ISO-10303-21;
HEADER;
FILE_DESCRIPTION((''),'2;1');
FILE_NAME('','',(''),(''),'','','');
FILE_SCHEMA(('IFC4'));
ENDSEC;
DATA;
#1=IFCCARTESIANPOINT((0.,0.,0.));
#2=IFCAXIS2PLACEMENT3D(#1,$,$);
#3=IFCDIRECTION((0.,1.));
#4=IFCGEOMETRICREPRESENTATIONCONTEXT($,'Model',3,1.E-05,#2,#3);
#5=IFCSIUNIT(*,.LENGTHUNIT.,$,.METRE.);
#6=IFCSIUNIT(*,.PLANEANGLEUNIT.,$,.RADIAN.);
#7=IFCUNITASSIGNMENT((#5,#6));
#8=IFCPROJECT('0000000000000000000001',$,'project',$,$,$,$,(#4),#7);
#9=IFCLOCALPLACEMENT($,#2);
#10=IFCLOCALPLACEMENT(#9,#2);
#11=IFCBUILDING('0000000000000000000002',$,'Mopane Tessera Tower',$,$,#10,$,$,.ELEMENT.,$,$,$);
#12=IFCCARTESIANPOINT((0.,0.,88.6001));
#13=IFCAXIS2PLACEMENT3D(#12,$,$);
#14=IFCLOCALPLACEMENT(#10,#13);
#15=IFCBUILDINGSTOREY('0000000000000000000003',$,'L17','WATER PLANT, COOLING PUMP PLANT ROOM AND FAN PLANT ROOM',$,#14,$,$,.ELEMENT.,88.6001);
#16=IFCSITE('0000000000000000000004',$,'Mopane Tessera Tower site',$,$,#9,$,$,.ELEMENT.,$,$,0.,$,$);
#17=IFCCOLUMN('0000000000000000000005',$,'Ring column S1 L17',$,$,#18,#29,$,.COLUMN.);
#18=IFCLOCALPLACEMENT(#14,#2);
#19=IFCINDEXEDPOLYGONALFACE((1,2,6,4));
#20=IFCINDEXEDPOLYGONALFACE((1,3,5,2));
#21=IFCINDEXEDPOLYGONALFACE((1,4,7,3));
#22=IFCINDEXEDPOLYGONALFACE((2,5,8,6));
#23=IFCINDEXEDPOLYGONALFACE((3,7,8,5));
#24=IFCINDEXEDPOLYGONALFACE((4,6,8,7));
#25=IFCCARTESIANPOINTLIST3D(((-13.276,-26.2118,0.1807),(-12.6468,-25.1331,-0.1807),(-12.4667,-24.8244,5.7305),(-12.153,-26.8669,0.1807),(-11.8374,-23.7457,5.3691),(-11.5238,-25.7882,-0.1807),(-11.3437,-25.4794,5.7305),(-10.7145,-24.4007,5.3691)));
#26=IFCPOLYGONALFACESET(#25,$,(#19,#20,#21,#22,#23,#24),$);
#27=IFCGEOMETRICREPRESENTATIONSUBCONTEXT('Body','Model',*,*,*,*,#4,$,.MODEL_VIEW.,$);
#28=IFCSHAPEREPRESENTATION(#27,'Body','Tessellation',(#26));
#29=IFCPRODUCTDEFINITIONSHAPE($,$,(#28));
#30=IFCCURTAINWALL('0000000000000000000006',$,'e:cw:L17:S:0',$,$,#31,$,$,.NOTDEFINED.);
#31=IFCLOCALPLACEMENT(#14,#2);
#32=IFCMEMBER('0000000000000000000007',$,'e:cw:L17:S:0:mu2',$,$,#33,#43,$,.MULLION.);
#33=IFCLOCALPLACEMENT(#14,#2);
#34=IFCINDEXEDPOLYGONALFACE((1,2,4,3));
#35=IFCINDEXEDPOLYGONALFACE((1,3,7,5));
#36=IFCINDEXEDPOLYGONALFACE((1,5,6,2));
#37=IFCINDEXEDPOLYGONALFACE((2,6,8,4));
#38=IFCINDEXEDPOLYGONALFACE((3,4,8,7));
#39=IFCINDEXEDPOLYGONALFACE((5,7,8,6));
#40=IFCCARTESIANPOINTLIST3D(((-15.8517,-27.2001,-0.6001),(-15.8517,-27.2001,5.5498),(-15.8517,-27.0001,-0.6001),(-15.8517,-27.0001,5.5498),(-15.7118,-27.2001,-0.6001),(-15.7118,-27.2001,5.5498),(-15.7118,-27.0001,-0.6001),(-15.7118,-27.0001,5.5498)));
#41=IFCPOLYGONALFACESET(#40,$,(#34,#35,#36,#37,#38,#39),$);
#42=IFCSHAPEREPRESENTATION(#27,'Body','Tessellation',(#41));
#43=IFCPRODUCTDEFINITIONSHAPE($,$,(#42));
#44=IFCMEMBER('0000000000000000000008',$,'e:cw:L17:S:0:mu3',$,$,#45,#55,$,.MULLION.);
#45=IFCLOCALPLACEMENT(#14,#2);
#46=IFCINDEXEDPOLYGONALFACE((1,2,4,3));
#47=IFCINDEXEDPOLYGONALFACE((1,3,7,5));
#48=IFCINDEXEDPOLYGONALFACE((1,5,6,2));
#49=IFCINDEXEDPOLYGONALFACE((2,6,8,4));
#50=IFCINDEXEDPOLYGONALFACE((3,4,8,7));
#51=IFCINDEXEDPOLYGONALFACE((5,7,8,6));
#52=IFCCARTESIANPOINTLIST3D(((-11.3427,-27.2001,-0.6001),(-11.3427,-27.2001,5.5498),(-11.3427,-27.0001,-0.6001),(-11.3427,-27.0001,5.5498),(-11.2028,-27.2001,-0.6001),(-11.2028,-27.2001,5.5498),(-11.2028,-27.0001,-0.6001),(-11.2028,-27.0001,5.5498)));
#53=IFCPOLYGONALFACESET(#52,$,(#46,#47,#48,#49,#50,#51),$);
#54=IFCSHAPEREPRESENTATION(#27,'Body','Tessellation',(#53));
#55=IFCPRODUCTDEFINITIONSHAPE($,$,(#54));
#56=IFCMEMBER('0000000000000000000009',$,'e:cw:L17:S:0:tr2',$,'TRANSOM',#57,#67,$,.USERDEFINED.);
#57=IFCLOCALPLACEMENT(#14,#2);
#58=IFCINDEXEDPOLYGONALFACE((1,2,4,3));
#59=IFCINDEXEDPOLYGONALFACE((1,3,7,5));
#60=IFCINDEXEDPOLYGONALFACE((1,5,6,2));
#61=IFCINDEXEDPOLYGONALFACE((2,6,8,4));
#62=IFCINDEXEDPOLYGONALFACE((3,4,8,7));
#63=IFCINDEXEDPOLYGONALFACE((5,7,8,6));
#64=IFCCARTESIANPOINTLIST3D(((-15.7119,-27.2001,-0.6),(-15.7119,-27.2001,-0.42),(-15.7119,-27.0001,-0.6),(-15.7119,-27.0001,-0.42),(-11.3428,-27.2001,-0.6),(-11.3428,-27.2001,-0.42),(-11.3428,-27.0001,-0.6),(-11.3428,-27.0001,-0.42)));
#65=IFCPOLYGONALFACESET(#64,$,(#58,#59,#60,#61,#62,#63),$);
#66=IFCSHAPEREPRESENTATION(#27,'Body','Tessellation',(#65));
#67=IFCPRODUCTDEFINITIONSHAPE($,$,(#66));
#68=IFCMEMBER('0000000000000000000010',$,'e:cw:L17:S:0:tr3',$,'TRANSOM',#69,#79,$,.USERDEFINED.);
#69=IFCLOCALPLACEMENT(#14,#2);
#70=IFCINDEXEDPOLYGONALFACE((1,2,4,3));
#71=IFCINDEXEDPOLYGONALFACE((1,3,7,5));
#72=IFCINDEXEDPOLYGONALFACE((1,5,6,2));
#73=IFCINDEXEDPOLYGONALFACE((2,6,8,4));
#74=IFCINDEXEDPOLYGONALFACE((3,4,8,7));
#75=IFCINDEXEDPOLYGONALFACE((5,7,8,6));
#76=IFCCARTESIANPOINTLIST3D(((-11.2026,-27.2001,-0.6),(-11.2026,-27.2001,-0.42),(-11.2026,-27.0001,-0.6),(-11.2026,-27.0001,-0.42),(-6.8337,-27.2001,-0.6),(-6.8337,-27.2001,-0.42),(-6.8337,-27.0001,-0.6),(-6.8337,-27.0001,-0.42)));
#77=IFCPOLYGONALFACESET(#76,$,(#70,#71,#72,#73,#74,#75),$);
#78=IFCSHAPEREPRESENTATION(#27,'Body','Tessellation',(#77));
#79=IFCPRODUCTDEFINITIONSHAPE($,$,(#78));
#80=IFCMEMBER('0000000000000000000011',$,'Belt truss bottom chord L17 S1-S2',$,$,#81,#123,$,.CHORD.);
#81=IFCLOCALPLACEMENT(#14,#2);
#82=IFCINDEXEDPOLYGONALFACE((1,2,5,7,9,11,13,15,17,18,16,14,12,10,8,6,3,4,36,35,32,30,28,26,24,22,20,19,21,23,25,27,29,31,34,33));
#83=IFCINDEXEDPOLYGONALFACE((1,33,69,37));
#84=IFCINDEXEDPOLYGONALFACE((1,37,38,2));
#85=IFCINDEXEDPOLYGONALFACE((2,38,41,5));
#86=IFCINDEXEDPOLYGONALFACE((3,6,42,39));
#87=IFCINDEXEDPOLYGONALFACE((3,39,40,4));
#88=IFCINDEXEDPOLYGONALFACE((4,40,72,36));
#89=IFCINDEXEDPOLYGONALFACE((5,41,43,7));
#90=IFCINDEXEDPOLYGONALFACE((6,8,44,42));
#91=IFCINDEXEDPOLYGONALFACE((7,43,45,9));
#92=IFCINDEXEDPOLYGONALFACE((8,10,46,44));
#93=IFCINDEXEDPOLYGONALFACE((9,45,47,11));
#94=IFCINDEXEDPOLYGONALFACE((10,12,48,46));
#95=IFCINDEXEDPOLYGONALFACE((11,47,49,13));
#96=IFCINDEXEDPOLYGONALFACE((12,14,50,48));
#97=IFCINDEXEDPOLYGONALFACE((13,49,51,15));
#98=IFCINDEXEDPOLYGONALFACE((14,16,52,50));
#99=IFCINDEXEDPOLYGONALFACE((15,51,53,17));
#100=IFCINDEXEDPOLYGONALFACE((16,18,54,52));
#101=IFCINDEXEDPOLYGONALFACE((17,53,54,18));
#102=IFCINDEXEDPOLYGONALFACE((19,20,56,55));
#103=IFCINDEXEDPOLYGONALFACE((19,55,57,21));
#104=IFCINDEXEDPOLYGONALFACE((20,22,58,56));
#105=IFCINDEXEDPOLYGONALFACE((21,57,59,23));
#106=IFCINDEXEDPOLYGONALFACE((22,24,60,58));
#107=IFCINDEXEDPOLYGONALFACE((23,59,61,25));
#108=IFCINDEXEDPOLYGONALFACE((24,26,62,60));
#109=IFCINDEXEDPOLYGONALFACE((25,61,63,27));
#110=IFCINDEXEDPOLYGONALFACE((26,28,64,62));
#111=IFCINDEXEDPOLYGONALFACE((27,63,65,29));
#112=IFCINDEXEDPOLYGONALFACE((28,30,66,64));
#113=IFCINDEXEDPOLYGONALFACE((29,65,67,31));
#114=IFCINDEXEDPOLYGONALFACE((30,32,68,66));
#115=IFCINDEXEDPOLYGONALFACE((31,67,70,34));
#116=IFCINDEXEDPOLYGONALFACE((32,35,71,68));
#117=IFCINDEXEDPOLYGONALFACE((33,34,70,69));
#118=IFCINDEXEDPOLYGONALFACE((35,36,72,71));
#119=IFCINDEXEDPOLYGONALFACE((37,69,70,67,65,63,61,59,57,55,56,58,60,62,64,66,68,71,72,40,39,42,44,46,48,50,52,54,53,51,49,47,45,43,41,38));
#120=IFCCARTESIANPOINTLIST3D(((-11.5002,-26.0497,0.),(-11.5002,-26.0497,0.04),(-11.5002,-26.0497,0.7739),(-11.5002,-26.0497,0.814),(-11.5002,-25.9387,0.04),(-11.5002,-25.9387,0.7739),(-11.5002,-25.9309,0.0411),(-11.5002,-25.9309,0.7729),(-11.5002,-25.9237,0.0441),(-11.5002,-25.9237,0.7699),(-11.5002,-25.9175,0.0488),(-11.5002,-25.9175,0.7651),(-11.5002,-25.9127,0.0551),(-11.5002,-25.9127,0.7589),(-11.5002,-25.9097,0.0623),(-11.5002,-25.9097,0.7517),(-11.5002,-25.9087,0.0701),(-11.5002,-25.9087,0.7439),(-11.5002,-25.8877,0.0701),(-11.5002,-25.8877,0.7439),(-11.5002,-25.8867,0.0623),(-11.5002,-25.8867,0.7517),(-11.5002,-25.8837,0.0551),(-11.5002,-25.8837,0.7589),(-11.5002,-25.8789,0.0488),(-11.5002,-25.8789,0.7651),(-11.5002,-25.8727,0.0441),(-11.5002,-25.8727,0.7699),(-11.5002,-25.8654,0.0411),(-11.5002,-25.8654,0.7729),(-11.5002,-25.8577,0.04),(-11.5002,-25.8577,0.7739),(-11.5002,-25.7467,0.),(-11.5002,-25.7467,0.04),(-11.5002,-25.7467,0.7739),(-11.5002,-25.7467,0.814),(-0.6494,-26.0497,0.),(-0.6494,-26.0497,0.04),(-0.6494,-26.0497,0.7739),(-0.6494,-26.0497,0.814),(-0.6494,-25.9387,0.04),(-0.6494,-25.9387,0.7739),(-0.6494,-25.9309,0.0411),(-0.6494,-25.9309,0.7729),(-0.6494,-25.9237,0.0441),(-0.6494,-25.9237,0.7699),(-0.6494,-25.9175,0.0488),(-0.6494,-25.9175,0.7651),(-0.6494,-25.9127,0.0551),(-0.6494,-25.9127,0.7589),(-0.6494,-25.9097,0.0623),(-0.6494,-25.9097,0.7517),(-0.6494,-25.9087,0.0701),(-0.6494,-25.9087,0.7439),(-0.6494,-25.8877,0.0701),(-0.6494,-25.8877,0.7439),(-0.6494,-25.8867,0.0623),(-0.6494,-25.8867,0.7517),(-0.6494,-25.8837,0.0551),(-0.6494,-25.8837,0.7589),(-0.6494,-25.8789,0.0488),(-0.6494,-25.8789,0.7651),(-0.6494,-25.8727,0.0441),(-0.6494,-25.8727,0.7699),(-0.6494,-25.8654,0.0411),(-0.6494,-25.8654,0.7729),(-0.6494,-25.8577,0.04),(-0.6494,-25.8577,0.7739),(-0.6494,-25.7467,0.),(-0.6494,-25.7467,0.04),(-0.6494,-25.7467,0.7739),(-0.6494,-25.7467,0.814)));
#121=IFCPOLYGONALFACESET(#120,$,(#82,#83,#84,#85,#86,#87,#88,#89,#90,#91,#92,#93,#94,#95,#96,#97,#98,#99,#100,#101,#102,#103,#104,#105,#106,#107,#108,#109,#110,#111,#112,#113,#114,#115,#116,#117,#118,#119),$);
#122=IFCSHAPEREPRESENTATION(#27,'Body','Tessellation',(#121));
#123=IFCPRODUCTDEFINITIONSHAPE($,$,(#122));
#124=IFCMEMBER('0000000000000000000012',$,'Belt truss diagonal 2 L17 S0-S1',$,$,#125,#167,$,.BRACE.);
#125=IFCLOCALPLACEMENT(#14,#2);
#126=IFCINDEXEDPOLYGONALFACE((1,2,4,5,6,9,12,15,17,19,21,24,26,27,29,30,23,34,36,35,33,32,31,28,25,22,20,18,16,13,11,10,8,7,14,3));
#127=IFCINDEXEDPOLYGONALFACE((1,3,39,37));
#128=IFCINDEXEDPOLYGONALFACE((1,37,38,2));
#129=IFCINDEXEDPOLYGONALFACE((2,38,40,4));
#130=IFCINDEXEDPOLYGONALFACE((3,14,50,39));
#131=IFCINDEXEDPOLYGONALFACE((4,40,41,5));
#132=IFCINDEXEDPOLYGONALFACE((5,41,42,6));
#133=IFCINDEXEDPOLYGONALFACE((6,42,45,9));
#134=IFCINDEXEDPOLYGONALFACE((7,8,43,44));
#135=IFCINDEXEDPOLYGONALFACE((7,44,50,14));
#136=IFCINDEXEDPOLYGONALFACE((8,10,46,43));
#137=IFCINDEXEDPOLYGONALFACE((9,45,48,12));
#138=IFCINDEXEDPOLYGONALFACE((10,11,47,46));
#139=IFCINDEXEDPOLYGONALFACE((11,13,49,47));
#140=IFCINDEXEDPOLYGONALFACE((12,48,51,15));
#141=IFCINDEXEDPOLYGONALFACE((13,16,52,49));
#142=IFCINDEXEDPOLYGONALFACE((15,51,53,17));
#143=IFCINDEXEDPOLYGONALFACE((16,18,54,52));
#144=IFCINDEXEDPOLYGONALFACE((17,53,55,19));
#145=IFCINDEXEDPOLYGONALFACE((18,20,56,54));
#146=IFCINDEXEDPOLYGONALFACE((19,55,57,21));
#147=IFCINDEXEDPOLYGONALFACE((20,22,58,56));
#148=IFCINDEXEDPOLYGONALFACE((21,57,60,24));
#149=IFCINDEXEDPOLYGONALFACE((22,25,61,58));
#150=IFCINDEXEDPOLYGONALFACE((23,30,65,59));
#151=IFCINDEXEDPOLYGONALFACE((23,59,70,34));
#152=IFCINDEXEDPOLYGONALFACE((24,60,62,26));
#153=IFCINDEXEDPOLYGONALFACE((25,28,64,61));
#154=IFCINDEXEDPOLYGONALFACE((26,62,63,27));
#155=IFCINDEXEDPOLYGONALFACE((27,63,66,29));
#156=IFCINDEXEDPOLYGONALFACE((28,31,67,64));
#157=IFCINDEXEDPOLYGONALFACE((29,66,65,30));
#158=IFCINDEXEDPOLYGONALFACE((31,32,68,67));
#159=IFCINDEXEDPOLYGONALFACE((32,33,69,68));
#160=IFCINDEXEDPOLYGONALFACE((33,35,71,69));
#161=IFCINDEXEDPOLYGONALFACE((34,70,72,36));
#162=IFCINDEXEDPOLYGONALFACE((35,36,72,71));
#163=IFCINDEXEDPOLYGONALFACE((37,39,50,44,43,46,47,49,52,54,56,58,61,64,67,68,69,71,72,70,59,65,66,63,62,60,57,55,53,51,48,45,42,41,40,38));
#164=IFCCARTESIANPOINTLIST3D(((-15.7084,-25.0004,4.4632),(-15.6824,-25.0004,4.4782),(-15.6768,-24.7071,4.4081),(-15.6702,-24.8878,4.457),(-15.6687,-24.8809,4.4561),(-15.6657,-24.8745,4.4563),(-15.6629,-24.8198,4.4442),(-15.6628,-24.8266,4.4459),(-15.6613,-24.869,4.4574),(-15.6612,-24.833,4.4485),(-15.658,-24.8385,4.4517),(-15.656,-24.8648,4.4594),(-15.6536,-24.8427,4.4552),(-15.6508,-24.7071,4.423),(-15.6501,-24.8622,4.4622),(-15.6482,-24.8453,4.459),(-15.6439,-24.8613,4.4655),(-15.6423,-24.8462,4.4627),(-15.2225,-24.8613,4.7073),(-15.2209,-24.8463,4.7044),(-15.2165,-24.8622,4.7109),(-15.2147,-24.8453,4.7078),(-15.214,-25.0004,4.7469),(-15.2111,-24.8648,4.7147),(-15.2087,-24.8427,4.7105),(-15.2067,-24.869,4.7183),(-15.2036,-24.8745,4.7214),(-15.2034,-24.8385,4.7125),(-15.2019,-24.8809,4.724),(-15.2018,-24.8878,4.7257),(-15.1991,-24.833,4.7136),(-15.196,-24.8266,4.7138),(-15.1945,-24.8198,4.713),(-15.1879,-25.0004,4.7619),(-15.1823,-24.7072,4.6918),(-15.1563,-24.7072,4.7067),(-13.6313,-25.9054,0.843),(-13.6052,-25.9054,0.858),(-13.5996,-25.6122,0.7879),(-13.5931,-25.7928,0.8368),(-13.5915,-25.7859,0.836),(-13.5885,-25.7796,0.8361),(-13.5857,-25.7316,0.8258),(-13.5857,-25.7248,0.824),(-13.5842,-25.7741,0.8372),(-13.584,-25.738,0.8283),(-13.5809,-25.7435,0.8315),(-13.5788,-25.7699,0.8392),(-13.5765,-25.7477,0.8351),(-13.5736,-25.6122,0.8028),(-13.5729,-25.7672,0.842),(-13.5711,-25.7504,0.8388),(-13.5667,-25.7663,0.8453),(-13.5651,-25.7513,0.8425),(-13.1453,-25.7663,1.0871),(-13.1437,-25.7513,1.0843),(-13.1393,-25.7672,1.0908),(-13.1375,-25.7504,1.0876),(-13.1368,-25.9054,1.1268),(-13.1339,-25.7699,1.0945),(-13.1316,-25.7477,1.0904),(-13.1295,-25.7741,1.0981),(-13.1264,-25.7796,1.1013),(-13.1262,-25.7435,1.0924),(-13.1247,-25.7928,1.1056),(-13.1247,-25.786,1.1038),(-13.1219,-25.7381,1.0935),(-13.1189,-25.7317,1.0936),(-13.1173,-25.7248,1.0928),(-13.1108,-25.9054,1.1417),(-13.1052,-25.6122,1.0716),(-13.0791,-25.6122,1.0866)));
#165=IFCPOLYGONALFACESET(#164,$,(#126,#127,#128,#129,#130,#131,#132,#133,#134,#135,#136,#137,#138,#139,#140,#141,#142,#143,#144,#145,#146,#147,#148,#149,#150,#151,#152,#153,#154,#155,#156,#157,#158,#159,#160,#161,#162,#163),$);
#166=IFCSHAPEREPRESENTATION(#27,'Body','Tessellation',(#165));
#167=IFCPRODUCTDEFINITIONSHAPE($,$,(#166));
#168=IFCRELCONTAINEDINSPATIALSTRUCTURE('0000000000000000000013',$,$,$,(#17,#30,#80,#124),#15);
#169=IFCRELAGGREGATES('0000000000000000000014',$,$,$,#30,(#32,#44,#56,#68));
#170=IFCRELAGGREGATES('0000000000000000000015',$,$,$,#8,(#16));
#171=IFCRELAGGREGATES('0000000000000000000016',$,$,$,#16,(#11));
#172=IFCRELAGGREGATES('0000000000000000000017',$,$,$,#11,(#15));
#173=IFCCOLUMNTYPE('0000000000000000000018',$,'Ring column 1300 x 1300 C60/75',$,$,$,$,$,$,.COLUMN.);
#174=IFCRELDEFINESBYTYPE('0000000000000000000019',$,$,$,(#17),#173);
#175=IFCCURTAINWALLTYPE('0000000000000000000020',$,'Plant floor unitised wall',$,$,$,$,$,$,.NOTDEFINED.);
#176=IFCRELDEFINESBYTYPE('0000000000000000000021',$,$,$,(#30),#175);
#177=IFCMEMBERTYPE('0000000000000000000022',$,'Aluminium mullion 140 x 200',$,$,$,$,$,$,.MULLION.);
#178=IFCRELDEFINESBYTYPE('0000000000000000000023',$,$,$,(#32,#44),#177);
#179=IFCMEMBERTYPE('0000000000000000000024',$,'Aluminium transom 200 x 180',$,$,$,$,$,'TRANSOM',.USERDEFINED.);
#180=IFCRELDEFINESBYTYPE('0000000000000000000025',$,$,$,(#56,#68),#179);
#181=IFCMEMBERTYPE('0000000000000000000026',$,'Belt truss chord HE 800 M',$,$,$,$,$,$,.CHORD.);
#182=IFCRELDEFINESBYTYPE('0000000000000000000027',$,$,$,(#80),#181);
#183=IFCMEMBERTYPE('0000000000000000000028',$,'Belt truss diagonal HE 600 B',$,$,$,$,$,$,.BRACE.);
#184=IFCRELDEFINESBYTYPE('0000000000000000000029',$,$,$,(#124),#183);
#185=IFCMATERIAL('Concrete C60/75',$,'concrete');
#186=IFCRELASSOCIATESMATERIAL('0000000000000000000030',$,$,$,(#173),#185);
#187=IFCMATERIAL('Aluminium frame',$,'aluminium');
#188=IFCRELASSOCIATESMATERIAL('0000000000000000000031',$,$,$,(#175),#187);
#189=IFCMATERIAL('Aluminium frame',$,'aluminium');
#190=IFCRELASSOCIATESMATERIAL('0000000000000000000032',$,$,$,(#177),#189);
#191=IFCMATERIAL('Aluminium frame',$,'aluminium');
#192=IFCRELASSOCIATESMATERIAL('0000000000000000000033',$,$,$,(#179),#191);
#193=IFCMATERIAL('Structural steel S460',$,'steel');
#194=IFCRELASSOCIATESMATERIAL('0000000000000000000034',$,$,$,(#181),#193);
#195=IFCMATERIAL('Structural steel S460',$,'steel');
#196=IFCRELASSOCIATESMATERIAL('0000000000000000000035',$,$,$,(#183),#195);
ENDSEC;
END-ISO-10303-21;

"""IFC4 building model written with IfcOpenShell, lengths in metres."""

from ifc_helpers import new_model, si_unit, direction, frame, origin, origin_2d, place, context, subcontext, project, spatial, rectangle, i_section, extrude, material, material_profile, profile_set, type_object, element, aggregate, save


model = new_model("IFC4")

# Units and contexts
model_context = context("Model", 3, precision=1e-05, world=origin(), true_north=direction((0.0, 1.0)))
body_context = subcontext(model_context, "Body", "Model", "MODEL_VIEW")
ifc_project = project(units=[si_unit("LENGTHUNIT", "METRE"), si_unit("PLANEANGLEUNIT", "RADIAN")], contexts=[model_context])

# Site, building, storey
site_placement = place(None, origin())
site = spatial("IfcSite", under=ifc_project, at=site_placement, Name="Mopane Tessera Tower site", CompositionType="ELEMENT", RefElevation=0.0)
building_placement = place(site_placement, origin())
building = spatial("IfcBuilding", under=site, at=building_placement, Name="Mopane Tessera Tower", CompositionType="ELEMENT")
storey_placement = place(building_placement, frame((0.0, 0.0, 88.6001)))
storey = spatial("IfcBuildingStorey", under=building, at=storey_placement, Name="L17", Description="WATER PLANT, COOLING PUMP PLANT ROOM AND FAN PLANT ROOM", CompositionType="ELEMENT", Elevation=88.6001)

# Column
ifc_material_1 = material(Name="Concrete C60/75", Category="concrete")
ifc_material_profile_1 = material_profile(ifc_material_1, rectangle(XDim=1.3, YDim=1.3, at=origin_2d()))
ifc_profile_set_1 = profile_set([ifc_material_profile_1], Name="Concrete C60/75")
column_type = type_object("IfcColumnType", Name="Ring column 1300 x 1300 C60/75", PredefinedType="COLUMN", material=ifc_profile_set_1)
column_placement = place(storey_placement, frame((-12.3999, -26.0, 0.0), z_axis=(0.140081, 0.240144, 0.960577), x_axis=(-0.863784, 0.503862, 0.0)))
element("IfcColumn", 1, at=column_placement, inside=storey, type_object=column_type, Name="Ring column S1 L17", PredefinedType="COLUMN", context=body_context, shape_type="SweptSolid", body=[
    extrude(rectangle(XDim=1.3, YDim=1.3, at=origin_2d()), origin(), (0.0, 0.0, 1.0), 5.7776),
])

# Curtain wall, members
ifc_material_2 = material(Name="Aluminium frame", Category="aluminium")
curtain_wall_type = type_object("IfcCurtainWallType", Name="Plant floor unitised wall", PredefinedType="NOTDEFINED", material=ifc_material_2)
curtain_wall_placement = place(storey_placement, origin())
curtain_wall = element("IfcCurtainWall", 2, at=curtain_wall_placement, inside=storey, type_object=curtain_wall_type, Name="e:cw:L17:S:0", PredefinedType="NOTDEFINED")
ifc_material_3 = material(Name="Aluminium frame", Category="aluminium")
ifc_material_profile_2 = material_profile(ifc_material_3, rectangle(XDim=0.1399, YDim=0.2, at=origin_2d()))
ifc_profile_set_2 = profile_set([ifc_material_profile_2], Name="Aluminium frame")
member_type_1 = type_object("IfcMemberType", Name="Aluminium mullion 140 x 200", PredefinedType="MULLION", material=ifc_profile_set_2)
member_1_placement = place(storey_placement, frame((-15.7817, -27.1001, -0.6001), z_axis=(0.0, 0.0, 1.0), x_axis=(1.0, 0.0, 0.0)))
member_1 = element("IfcMember", 3, at=member_1_placement, type_object=member_type_1, Name="e:cw:L17:S:0:mu2", PredefinedType="MULLION", context=body_context, shape_type="SweptSolid", body=[
    extrude(rectangle(XDim=0.1399, YDim=0.2, at=origin_2d()), origin(), (0.0, 0.0, 1.0), 6.1499),
])
member_2_placement = place(storey_placement, frame((-11.2727, -27.1001, -0.6001), z_axis=(0.0, 0.0, 1.0), x_axis=(1.0, 0.0, 0.0)))
member_2 = element("IfcMember", 4, at=member_2_placement, type_object=member_type_1, Name="e:cw:L17:S:0:mu3", PredefinedType="MULLION", context=body_context, shape_type="SweptSolid", body=[
    extrude(rectangle(XDim=0.1399, YDim=0.2, at=origin_2d()), origin(), (0.0, 0.0, 1.0), 6.1499),
])
ifc_material_4 = material(Name="Aluminium frame", Category="aluminium")
ifc_material_profile_3 = material_profile(ifc_material_4, rectangle(XDim=0.2, YDim=0.1799, at=origin_2d()))
ifc_profile_set_3 = profile_set([ifc_material_profile_3], Name="Aluminium frame")
member_type_2 = type_object("IfcMemberType", Name="Aluminium transom 200 x 180", ElementType="TRANSOM", PredefinedType="USERDEFINED", material=ifc_profile_set_3)
member_3_placement = place(storey_placement, frame((-15.7119, -27.1001, -0.51), z_axis=(1.0, 0.0, 0.0), x_axis=(0.0, 1.0, 0.0)))
member_3 = element("IfcMember", 5, at=member_3_placement, type_object=member_type_2, Name="e:cw:L17:S:0:tr2", ObjectType="TRANSOM", PredefinedType="USERDEFINED", context=body_context, shape_type="SweptSolid", body=[
    extrude(rectangle(XDim=0.2, YDim=0.1799, at=origin_2d()), origin(), (0.0, 0.0, 1.0), 4.3691),
])
member_4_placement = place(storey_placement, frame((-11.2026, -27.1001, -0.51), z_axis=(1.0, 0.0, 0.0), x_axis=(0.0, 1.0, 0.0)))
member_4 = element("IfcMember", 6, at=member_4_placement, type_object=member_type_2, Name="e:cw:L17:S:0:tr3", ObjectType="TRANSOM", PredefinedType="USERDEFINED", context=body_context, shape_type="SweptSolid", body=[
    extrude(rectangle(XDim=0.2, YDim=0.1799, at=origin_2d()), origin(), (0.0, 0.0, 1.0), 4.3689),
])

# Members
ifc_material_5 = material(Name="Structural steel S460", Category="steel")
ifc_material_profile_4 = material_profile(ifc_material_5, i_section(OverallWidth=0.303, OverallDepth=0.814, WebThickness=0.021, FlangeThickness=0.04, FilletRadius=0.03, at=origin_2d()))
ifc_profile_set_4 = profile_set([ifc_material_profile_4], Name="Structural steel S460")
member_type_3 = type_object("IfcMemberType", Name="Belt truss chord HE 800 M", PredefinedType="CHORD", material=ifc_profile_set_4)
member_5_placement = place(storey_placement, frame((-11.5002, -25.8982, 0.407), z_axis=(1.0, 0.0, 0.0), x_axis=(0.0, 1.0, 0.0)))
element("IfcMember", 7, at=member_5_placement, inside=storey, type_object=member_type_3, Name="Belt truss bottom chord L17 S1-S2", PredefinedType="CHORD", context=body_context, shape_type="SweptSolid", body=[
    extrude(i_section(OverallWidth=0.303, OverallDepth=0.814, WebThickness=0.021, FlangeThickness=0.04, FilletRadius=0.03, at=origin_2d()), origin(), (0.0, 0.0, 1.0), 10.8508),
])
ifc_material_6 = material(Name="Structural steel S460", Category="steel")
ifc_material_profile_5 = material_profile(ifc_material_6, i_section(OverallWidth=0.3, OverallDepth=0.6001, WebThickness=0.0154, FlangeThickness=0.03, FilletRadius=0.0271, at=origin_2d()))
ifc_profile_set_5 = profile_set([ifc_material_profile_5], Name="Structural steel S460")
member_type_4 = type_object("IfcMemberType", Name="Belt truss diagonal HE 600 B", PredefinedType="BRACE", material=ifc_profile_set_5)
member_6_placement = place(storey_placement, frame((-15.4324, -24.8538, 4.585), z_axis=(0.486372, -0.211916, -0.847664), x_axis=(0.105492, 0.977288, -0.183793)))
element("IfcMember", 8, at=member_6_placement, inside=storey, type_object=member_type_4, Name="Belt truss diagonal 2 L17 S0-S1", PredefinedType="BRACE", context=body_context, shape_type="SweptSolid", body=[
    extrude(i_section(OverallWidth=0.3, OverallDepth=0.6001, WebThickness=0.0154, FlangeThickness=0.03, FilletRadius=0.0271, at=origin_2d()), origin(), (0.0, 0.0, 1.0), 4.2708),
])

aggregate(curtain_wall, [member_1, member_2, member_3, member_4])

save(model, "model.ifc")
